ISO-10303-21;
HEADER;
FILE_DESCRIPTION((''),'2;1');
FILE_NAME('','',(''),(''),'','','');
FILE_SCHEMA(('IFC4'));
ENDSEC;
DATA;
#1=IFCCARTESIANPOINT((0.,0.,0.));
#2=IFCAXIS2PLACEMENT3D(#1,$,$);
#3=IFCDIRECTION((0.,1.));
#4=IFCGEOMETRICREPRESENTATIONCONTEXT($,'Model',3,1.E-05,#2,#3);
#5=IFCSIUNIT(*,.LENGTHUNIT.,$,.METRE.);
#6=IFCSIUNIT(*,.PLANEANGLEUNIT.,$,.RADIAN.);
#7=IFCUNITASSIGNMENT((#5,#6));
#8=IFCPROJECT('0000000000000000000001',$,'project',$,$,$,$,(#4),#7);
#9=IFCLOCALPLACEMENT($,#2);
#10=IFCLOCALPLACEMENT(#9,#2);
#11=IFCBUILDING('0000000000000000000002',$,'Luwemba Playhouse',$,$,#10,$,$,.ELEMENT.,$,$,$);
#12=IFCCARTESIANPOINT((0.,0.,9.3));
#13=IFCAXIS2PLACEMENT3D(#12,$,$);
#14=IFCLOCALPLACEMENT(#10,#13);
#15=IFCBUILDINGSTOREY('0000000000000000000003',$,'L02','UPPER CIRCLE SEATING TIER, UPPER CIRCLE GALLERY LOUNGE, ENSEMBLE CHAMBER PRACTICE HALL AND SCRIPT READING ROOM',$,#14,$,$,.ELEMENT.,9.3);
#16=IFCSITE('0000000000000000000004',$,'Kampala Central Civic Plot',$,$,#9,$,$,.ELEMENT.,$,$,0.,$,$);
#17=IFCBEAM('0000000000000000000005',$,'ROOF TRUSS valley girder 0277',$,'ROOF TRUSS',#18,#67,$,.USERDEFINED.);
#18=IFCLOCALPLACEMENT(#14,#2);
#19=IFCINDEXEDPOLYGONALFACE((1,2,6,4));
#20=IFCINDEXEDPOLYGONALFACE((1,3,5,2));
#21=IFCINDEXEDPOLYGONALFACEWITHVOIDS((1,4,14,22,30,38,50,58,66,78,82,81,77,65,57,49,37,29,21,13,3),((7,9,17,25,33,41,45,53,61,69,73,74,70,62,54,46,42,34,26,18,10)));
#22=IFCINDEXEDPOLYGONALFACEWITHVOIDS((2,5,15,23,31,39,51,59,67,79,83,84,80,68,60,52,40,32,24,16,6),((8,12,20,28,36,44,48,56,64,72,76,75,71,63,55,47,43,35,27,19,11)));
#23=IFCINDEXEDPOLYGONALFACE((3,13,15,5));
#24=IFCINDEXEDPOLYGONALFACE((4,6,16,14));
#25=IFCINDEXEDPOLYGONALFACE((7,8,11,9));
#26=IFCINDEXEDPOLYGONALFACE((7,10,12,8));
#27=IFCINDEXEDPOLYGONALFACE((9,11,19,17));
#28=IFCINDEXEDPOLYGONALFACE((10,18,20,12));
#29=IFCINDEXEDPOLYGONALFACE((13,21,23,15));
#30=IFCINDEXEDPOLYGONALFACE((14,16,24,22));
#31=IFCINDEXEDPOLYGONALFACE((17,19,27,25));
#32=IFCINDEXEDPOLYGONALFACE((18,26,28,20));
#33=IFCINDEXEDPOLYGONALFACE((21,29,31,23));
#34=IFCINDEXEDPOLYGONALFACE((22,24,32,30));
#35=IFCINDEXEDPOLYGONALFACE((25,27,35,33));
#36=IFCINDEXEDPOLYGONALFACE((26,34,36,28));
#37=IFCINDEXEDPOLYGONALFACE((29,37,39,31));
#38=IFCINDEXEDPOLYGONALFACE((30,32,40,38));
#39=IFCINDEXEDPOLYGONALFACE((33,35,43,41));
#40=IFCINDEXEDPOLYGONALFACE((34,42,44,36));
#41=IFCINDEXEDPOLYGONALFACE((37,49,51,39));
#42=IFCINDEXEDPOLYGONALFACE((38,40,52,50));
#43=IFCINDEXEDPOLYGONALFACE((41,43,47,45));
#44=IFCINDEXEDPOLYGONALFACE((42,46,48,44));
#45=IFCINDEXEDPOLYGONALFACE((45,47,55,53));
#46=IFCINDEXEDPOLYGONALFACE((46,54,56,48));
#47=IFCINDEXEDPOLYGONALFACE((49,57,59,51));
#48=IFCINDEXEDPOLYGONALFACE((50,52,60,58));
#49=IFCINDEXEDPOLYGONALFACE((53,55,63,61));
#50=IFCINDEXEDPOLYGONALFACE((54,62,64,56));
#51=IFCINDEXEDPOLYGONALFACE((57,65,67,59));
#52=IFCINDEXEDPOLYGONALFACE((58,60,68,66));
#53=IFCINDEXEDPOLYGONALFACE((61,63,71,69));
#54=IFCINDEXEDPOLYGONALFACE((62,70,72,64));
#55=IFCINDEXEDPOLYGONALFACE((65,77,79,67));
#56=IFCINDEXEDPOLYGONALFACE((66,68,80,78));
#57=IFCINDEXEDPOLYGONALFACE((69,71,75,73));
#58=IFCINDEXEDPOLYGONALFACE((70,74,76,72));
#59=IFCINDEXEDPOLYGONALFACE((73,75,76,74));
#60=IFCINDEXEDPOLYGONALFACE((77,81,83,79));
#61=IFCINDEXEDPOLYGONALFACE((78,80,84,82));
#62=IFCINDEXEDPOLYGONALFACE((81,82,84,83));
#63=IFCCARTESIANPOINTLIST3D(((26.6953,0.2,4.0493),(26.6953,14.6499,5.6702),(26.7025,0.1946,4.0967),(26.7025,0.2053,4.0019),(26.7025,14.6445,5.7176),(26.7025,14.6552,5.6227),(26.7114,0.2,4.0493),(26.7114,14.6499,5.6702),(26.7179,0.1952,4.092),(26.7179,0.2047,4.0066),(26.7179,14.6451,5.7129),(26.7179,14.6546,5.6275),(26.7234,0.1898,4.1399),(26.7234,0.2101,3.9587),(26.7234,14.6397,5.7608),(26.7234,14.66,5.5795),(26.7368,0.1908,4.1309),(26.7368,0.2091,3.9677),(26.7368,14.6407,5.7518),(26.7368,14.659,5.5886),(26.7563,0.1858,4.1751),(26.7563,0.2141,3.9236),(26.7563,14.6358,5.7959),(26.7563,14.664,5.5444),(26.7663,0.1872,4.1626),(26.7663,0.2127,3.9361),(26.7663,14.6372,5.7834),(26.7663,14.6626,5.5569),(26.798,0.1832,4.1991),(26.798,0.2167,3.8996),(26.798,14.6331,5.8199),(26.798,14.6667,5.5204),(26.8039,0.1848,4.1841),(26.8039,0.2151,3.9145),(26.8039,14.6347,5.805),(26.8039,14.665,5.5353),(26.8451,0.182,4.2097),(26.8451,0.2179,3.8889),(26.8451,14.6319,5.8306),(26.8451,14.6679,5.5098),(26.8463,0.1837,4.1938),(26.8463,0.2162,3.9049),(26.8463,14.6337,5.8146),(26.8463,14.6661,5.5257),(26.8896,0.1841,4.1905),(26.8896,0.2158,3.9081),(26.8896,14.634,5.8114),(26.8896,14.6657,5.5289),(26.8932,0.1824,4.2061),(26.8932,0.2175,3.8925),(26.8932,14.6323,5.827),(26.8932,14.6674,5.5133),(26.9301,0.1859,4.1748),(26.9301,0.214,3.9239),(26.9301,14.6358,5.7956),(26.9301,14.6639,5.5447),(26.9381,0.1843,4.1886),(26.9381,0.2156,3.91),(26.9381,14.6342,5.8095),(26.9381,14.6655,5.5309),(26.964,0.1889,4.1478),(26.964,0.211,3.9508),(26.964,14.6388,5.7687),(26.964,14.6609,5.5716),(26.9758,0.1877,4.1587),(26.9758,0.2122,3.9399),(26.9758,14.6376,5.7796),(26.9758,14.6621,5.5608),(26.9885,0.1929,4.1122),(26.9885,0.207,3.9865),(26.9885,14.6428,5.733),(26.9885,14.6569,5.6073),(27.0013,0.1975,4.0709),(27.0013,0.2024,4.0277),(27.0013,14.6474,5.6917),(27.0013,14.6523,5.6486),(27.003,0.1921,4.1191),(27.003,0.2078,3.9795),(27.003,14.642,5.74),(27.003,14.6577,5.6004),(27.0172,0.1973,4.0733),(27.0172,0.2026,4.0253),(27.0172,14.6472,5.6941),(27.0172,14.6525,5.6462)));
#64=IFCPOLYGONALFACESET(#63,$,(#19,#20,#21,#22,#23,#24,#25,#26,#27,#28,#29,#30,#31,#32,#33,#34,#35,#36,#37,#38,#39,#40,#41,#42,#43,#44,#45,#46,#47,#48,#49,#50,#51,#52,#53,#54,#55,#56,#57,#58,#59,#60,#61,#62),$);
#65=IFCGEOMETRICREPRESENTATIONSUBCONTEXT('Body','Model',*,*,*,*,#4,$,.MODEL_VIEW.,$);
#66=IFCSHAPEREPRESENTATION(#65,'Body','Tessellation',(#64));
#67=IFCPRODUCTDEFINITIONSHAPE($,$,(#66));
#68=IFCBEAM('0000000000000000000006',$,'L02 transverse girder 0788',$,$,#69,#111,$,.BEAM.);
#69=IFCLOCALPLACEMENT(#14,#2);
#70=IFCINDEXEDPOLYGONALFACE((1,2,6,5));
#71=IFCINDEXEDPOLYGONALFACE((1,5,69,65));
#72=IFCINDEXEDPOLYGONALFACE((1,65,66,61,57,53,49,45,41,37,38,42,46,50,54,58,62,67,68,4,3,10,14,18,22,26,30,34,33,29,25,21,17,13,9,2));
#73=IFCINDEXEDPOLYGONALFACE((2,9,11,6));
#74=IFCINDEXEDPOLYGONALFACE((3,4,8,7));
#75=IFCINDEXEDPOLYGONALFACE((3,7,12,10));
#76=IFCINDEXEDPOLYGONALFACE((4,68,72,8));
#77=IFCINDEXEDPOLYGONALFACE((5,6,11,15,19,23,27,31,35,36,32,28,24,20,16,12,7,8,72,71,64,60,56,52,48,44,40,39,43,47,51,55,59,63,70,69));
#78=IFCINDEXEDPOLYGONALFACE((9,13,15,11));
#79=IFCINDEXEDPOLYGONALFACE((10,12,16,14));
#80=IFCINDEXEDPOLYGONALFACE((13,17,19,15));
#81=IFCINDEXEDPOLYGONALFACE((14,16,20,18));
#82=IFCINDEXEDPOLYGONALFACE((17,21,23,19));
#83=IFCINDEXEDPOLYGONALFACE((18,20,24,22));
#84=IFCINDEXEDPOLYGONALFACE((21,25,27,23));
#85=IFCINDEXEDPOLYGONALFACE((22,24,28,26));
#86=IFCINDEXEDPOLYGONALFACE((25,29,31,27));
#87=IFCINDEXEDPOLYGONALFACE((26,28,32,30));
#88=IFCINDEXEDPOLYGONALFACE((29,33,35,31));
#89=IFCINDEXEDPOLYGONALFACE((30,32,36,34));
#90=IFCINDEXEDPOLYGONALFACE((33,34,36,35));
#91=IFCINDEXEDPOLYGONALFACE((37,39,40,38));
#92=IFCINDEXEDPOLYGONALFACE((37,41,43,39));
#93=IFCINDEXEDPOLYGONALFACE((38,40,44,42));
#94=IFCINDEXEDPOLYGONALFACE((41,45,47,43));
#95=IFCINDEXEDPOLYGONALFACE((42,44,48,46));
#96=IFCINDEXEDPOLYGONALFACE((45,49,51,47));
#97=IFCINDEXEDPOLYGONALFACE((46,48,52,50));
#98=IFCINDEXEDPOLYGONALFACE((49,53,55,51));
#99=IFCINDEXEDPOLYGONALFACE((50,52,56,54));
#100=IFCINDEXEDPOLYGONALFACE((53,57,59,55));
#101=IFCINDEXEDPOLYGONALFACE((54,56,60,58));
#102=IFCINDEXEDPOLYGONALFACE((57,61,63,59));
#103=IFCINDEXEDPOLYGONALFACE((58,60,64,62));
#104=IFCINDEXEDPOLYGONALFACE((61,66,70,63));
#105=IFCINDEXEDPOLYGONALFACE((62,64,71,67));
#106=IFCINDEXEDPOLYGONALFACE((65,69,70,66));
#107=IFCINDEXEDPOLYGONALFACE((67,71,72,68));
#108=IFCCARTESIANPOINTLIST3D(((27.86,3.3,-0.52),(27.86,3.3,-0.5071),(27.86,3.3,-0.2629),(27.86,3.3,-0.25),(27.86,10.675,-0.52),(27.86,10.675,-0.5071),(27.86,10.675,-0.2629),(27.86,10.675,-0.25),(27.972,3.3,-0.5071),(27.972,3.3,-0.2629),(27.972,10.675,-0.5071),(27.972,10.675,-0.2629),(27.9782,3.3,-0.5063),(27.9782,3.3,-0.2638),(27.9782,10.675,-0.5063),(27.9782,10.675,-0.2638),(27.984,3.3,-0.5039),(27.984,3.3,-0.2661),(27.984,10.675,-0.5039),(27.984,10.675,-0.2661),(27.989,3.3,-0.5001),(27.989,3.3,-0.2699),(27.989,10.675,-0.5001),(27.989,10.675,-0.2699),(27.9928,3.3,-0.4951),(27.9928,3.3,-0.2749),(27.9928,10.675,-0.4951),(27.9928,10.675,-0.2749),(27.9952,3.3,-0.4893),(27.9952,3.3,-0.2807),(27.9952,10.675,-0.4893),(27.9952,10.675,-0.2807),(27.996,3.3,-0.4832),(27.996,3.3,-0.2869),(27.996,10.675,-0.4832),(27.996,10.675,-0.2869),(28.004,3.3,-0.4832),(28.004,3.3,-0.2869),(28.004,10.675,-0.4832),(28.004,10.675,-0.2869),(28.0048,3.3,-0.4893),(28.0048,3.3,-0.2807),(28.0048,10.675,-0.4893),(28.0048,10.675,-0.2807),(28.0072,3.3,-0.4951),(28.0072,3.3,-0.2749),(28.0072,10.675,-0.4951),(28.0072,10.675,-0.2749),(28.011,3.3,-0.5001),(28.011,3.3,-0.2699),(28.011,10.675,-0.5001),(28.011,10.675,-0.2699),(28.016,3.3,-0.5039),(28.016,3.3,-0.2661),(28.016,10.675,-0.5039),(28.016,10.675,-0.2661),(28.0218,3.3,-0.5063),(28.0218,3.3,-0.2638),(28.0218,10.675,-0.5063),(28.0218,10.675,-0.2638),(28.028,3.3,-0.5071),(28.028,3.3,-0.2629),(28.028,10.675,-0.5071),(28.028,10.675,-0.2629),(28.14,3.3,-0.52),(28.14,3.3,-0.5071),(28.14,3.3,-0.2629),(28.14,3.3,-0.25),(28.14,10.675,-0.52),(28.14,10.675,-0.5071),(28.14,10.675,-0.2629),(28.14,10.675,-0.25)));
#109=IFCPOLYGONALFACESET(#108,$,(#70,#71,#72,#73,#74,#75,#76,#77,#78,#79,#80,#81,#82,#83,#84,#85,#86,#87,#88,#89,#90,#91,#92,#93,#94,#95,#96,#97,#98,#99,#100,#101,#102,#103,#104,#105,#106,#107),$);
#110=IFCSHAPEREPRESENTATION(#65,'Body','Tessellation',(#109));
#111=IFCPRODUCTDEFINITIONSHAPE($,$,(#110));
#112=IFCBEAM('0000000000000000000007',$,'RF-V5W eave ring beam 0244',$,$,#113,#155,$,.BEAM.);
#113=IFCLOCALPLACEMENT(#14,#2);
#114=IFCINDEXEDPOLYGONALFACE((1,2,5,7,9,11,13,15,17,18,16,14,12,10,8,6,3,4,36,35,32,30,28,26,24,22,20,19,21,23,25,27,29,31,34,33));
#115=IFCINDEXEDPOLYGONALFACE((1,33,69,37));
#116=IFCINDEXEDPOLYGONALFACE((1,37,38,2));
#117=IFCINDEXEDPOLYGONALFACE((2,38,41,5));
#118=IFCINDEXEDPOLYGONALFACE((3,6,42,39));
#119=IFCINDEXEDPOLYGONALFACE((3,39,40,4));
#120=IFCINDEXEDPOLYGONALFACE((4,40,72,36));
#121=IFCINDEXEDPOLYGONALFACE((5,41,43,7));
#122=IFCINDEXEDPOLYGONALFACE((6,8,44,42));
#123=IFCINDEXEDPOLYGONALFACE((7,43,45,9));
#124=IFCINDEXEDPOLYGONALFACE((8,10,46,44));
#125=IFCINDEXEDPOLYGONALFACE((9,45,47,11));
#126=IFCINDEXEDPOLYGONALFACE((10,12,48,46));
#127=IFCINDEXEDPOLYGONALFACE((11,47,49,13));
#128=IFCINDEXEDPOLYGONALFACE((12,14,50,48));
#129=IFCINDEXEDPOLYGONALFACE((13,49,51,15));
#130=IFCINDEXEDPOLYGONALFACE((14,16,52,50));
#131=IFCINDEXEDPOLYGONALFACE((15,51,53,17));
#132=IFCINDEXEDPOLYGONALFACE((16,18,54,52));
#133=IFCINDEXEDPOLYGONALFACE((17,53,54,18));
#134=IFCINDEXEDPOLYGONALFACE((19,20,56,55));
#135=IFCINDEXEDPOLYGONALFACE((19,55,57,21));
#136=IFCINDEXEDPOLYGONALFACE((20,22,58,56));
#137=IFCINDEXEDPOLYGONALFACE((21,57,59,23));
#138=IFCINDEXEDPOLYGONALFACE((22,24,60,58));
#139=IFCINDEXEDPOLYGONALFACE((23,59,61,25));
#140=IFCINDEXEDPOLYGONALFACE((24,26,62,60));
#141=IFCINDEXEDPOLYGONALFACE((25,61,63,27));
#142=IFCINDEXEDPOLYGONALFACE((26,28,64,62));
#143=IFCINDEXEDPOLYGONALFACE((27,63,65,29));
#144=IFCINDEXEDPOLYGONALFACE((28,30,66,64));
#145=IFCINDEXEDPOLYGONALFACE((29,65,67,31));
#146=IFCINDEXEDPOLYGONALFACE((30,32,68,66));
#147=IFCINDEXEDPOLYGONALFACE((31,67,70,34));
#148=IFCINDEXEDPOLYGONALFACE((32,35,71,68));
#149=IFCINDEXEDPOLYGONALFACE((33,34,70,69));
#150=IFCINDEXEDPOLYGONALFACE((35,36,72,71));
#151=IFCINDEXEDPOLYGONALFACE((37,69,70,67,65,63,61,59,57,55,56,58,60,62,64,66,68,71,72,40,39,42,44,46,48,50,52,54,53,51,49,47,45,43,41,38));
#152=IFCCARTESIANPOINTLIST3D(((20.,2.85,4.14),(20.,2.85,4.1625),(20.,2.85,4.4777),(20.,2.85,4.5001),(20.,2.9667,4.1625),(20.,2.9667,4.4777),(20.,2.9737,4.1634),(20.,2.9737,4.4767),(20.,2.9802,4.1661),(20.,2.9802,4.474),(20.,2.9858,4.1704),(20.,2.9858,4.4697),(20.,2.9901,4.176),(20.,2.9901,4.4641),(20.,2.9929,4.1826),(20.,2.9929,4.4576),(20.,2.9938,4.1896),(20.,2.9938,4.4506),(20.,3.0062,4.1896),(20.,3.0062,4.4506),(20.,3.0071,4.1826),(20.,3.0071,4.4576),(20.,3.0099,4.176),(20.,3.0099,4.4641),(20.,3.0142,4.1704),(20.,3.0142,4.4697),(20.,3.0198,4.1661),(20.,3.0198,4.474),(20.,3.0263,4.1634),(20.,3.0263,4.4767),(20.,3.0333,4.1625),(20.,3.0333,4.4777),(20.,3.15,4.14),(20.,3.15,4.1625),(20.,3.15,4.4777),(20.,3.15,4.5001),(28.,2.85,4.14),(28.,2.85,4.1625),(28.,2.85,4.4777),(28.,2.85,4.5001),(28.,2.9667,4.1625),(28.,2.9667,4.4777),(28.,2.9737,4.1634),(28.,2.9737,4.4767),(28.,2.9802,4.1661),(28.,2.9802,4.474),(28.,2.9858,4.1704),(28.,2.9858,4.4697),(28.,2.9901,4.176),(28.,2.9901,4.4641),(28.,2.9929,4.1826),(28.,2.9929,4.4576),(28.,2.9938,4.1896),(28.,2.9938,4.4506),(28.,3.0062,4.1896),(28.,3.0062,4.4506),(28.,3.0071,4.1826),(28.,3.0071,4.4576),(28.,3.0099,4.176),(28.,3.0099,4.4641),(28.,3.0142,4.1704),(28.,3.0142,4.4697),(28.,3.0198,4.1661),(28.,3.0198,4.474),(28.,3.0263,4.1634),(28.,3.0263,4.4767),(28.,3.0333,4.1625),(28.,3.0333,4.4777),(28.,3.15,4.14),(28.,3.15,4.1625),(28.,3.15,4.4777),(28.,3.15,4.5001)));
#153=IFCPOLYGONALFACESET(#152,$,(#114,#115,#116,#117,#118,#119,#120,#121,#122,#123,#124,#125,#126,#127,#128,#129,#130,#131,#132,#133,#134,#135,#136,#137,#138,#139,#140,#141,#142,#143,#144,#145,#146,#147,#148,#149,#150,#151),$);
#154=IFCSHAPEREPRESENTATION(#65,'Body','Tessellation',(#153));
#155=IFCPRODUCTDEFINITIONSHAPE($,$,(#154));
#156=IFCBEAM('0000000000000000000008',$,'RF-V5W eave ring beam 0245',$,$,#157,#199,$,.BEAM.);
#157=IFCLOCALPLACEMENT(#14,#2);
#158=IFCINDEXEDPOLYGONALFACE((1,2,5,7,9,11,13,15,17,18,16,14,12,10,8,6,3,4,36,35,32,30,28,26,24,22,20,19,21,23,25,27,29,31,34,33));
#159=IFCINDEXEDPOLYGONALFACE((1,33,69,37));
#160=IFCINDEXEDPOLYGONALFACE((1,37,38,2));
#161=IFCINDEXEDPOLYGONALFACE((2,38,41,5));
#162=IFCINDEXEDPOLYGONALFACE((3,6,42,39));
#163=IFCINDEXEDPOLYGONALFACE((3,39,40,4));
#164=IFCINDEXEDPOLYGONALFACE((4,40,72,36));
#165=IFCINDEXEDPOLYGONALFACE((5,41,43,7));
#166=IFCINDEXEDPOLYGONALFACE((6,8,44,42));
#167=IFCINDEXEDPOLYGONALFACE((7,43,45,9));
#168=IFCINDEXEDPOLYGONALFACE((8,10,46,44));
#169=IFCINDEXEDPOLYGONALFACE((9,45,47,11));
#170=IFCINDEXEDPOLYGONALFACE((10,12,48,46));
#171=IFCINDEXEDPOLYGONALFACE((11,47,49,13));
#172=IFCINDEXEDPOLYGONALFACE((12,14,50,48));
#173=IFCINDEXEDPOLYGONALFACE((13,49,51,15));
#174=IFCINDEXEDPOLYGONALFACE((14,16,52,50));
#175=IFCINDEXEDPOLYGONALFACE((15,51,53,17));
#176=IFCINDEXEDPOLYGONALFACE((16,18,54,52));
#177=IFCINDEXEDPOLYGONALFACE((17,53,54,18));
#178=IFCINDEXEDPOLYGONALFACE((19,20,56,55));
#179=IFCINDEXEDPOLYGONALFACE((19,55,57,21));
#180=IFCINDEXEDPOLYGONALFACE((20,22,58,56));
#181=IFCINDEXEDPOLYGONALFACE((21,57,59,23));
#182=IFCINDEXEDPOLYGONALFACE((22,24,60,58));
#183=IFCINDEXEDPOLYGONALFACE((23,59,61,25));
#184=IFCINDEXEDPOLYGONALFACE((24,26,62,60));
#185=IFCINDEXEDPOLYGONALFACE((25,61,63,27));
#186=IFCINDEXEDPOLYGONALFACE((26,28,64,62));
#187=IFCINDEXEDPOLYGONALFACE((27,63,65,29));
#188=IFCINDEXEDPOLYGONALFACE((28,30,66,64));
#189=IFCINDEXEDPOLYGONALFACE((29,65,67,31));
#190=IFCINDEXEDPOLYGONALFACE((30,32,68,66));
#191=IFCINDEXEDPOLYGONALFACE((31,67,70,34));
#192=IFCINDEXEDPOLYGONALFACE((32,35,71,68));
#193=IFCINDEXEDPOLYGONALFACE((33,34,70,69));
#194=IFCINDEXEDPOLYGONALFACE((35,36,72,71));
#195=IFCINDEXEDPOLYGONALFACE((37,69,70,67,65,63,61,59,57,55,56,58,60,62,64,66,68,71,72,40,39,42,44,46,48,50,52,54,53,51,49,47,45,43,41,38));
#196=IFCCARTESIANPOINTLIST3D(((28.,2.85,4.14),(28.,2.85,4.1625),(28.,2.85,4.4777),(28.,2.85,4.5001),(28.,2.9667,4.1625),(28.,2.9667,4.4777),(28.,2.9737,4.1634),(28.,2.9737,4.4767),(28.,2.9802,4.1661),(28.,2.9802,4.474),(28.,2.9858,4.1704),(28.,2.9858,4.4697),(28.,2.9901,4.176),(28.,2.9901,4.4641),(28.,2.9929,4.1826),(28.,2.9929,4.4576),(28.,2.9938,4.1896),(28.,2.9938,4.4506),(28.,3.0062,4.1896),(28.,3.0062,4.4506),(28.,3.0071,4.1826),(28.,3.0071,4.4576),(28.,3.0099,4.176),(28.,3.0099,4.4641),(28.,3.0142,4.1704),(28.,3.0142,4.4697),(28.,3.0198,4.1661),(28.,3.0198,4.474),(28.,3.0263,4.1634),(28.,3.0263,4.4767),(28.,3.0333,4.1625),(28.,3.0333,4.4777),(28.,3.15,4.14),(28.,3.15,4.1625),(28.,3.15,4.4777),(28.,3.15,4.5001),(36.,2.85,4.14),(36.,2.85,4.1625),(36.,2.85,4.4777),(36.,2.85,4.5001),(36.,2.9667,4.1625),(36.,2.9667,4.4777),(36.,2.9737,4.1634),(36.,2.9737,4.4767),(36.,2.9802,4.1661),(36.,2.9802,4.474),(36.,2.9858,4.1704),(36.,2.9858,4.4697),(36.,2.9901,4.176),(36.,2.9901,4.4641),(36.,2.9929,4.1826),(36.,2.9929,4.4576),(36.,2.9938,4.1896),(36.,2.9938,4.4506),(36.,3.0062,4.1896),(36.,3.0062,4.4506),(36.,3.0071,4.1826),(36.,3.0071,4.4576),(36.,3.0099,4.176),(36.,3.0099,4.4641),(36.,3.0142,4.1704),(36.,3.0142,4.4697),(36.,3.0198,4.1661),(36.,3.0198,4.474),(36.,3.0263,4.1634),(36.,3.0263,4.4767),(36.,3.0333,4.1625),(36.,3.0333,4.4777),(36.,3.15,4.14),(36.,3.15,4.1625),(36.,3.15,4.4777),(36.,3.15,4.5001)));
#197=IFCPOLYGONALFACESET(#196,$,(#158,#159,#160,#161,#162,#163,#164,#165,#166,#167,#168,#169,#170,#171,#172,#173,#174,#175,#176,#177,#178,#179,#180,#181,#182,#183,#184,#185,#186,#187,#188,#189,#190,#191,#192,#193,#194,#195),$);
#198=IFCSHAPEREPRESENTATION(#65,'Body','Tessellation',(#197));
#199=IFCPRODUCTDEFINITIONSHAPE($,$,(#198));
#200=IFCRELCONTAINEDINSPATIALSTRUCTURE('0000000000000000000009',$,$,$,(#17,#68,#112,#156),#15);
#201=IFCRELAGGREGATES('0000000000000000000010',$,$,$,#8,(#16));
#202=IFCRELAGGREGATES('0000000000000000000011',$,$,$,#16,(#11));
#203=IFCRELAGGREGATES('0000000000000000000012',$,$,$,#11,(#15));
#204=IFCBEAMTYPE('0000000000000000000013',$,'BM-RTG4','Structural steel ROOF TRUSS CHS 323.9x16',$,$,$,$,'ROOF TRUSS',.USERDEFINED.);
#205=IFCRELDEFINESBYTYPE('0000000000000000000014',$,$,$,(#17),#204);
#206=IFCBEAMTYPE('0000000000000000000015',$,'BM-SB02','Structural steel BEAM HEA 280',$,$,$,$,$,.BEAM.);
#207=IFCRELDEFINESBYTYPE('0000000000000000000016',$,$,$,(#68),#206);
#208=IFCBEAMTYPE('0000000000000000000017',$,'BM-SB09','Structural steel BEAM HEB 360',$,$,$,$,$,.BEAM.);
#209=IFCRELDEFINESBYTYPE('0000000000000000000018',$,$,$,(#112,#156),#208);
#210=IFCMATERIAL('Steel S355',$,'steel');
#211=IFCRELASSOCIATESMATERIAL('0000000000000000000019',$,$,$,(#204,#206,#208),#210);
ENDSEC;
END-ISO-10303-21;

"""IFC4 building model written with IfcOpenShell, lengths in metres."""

from ifc_helpers import new_model, si_unit, direction, frame, origin, origin_2d, place, context, subcontext, project, spatial, hollow_circle, i_section, extrude, material, material_profile, profile_set, type_object, element, save


model = new_model("IFC4")

# Units and contexts
model_context = context("Model", 3, precision=1e-05, world=origin(), true_north=direction((0.0, 1.0)))
body_context = subcontext(model_context, "Body", "Model", "MODEL_VIEW")
ifc_project = project(units=[si_unit("LENGTHUNIT", "METRE"), si_unit("PLANEANGLEUNIT", "RADIAN")], contexts=[model_context])

# Site, building, storey
site_placement = place(None, origin())
site = spatial("IfcSite", under=ifc_project, at=site_placement, Name="Kampala Central Civic Plot", CompositionType="ELEMENT", RefElevation=0.0)
building_placement = place(site_placement, origin())
building = spatial("IfcBuilding", under=site, at=building_placement, Name="Luwemba Playhouse", CompositionType="ELEMENT")
storey_placement = place(building_placement, frame((0.0, 0.0, 9.3)))
storey = spatial("IfcBuildingStorey", under=building, at=storey_placement, Name="L02", Description="UPPER CIRCLE SEATING TIER, UPPER CIRCLE GALLERY LOUNGE, ENSEMBLE CHAMBER PRACTICE HALL AND SCRIPT READING ROOM", CompositionType="ELEMENT", Elevation=9.3)

# Beams
ifc_material_1 = material(Name="Steel S355", Category="steel")
ifc_material_profile_1 = material_profile(ifc_material_1, hollow_circle(Radius=0.1619, WallThickness=0.0161, at=origin_2d()))
ifc_profile_set_1 = profile_set([ifc_material_profile_1], Name="Steel S355")
beam_type_1 = type_object("IfcBeamType", Name="BM-RTG4", Description="Structural steel ROOF TRUSS CHS 323.9x16", ElementType="ROOF TRUSS", PredefinedType="USERDEFINED", material=ifc_profile_set_1)
beam_1_placement = place(storey_placement, frame((26.8572, 0.2, 4.0493), z_axis=(0.0, 0.993768, 0.111471), x_axis=(-1.0, 0.0, 0.0)))
element("IfcBeam", 1, at=beam_1_placement, inside=storey, type_object=beam_type_1, Name="ROOF TRUSS valley girder 0277", ObjectType="ROOF TRUSS", PredefinedType="USERDEFINED", context=body_context, shape_type="SweptSolid", body=[
    extrude(hollow_circle(Radius=0.1619, WallThickness=0.0161, at=origin_2d()), origin(), (0.0, 0.0, 1.0), 14.5405),
])
ifc_material_profile_2 = material_profile(ifc_material_1, i_section(OverallWidth=0.28, OverallDepth=0.27, WebThickness=0.0081, FlangeThickness=0.0129, FilletRadius=0.0239, at=origin_2d()))
ifc_profile_set_2 = profile_set([ifc_material_profile_2], Name="Steel S355")
beam_type_2 = type_object("IfcBeamType", Name="BM-SB02", Description="Structural steel BEAM HEA 280", PredefinedType="BEAM", material=ifc_profile_set_2)
beam_2_placement = place(storey_placement, frame((28.0, 3.3, -0.385), z_axis=(0.0, 1.0, 0.0), x_axis=(-1.0, 0.0, 0.0)))
element("IfcBeam", 2, at=beam_2_placement, inside=storey, type_object=beam_type_2, Name="L02 transverse girder 0788", PredefinedType="BEAM", context=body_context, shape_type="SweptSolid", body=[
    extrude(i_section(OverallWidth=0.28, OverallDepth=0.27, WebThickness=0.0081, FlangeThickness=0.0129, FilletRadius=0.0239, at=origin_2d()), origin(), (0.0, 0.0, 1.0), 7.375),
])
ifc_material_profile_3 = material_profile(ifc_material_1, i_section(OverallWidth=0.3, OverallDepth=0.3601, WebThickness=0.0125, FlangeThickness=0.0225, FilletRadius=0.0271, at=origin_2d()))
ifc_profile_set_3 = profile_set([ifc_material_profile_3], Name="Steel S355")
beam_type_3 = type_object("IfcBeamType", Name="BM-SB09", Description="Structural steel BEAM HEB 360", PredefinedType="BEAM", material=ifc_profile_set_3)
for number, where, z_axis, x_axis, name in (
    (3, (20.0, 3.0, 4.3201), (1.0, 0.0, 0.0), (0.0, 1.0, 0.0), "RF-V5W eave ring beam 0244"),
    (4, (28.0, 3.0, 4.3201), (1.0, 0.0, 0.0), (0.0, 1.0, 0.0), "RF-V5W eave ring beam 0245"),
):
    element("IfcBeam", number, at=place(storey_placement, frame(where, z_axis=z_axis, x_axis=x_axis)), inside=storey, type_object=beam_type_3, Name=name, PredefinedType="BEAM", context=body_context, shape_type="SweptSolid", body=[
        extrude(i_section(OverallWidth=0.3, OverallDepth=0.3601, WebThickness=0.0125, FlangeThickness=0.0225, FilletRadius=0.0271, at=origin_2d()), origin(), (0.0, 0.0, 1.0), 8.0),
    ])

save(model, "model.ifc")
